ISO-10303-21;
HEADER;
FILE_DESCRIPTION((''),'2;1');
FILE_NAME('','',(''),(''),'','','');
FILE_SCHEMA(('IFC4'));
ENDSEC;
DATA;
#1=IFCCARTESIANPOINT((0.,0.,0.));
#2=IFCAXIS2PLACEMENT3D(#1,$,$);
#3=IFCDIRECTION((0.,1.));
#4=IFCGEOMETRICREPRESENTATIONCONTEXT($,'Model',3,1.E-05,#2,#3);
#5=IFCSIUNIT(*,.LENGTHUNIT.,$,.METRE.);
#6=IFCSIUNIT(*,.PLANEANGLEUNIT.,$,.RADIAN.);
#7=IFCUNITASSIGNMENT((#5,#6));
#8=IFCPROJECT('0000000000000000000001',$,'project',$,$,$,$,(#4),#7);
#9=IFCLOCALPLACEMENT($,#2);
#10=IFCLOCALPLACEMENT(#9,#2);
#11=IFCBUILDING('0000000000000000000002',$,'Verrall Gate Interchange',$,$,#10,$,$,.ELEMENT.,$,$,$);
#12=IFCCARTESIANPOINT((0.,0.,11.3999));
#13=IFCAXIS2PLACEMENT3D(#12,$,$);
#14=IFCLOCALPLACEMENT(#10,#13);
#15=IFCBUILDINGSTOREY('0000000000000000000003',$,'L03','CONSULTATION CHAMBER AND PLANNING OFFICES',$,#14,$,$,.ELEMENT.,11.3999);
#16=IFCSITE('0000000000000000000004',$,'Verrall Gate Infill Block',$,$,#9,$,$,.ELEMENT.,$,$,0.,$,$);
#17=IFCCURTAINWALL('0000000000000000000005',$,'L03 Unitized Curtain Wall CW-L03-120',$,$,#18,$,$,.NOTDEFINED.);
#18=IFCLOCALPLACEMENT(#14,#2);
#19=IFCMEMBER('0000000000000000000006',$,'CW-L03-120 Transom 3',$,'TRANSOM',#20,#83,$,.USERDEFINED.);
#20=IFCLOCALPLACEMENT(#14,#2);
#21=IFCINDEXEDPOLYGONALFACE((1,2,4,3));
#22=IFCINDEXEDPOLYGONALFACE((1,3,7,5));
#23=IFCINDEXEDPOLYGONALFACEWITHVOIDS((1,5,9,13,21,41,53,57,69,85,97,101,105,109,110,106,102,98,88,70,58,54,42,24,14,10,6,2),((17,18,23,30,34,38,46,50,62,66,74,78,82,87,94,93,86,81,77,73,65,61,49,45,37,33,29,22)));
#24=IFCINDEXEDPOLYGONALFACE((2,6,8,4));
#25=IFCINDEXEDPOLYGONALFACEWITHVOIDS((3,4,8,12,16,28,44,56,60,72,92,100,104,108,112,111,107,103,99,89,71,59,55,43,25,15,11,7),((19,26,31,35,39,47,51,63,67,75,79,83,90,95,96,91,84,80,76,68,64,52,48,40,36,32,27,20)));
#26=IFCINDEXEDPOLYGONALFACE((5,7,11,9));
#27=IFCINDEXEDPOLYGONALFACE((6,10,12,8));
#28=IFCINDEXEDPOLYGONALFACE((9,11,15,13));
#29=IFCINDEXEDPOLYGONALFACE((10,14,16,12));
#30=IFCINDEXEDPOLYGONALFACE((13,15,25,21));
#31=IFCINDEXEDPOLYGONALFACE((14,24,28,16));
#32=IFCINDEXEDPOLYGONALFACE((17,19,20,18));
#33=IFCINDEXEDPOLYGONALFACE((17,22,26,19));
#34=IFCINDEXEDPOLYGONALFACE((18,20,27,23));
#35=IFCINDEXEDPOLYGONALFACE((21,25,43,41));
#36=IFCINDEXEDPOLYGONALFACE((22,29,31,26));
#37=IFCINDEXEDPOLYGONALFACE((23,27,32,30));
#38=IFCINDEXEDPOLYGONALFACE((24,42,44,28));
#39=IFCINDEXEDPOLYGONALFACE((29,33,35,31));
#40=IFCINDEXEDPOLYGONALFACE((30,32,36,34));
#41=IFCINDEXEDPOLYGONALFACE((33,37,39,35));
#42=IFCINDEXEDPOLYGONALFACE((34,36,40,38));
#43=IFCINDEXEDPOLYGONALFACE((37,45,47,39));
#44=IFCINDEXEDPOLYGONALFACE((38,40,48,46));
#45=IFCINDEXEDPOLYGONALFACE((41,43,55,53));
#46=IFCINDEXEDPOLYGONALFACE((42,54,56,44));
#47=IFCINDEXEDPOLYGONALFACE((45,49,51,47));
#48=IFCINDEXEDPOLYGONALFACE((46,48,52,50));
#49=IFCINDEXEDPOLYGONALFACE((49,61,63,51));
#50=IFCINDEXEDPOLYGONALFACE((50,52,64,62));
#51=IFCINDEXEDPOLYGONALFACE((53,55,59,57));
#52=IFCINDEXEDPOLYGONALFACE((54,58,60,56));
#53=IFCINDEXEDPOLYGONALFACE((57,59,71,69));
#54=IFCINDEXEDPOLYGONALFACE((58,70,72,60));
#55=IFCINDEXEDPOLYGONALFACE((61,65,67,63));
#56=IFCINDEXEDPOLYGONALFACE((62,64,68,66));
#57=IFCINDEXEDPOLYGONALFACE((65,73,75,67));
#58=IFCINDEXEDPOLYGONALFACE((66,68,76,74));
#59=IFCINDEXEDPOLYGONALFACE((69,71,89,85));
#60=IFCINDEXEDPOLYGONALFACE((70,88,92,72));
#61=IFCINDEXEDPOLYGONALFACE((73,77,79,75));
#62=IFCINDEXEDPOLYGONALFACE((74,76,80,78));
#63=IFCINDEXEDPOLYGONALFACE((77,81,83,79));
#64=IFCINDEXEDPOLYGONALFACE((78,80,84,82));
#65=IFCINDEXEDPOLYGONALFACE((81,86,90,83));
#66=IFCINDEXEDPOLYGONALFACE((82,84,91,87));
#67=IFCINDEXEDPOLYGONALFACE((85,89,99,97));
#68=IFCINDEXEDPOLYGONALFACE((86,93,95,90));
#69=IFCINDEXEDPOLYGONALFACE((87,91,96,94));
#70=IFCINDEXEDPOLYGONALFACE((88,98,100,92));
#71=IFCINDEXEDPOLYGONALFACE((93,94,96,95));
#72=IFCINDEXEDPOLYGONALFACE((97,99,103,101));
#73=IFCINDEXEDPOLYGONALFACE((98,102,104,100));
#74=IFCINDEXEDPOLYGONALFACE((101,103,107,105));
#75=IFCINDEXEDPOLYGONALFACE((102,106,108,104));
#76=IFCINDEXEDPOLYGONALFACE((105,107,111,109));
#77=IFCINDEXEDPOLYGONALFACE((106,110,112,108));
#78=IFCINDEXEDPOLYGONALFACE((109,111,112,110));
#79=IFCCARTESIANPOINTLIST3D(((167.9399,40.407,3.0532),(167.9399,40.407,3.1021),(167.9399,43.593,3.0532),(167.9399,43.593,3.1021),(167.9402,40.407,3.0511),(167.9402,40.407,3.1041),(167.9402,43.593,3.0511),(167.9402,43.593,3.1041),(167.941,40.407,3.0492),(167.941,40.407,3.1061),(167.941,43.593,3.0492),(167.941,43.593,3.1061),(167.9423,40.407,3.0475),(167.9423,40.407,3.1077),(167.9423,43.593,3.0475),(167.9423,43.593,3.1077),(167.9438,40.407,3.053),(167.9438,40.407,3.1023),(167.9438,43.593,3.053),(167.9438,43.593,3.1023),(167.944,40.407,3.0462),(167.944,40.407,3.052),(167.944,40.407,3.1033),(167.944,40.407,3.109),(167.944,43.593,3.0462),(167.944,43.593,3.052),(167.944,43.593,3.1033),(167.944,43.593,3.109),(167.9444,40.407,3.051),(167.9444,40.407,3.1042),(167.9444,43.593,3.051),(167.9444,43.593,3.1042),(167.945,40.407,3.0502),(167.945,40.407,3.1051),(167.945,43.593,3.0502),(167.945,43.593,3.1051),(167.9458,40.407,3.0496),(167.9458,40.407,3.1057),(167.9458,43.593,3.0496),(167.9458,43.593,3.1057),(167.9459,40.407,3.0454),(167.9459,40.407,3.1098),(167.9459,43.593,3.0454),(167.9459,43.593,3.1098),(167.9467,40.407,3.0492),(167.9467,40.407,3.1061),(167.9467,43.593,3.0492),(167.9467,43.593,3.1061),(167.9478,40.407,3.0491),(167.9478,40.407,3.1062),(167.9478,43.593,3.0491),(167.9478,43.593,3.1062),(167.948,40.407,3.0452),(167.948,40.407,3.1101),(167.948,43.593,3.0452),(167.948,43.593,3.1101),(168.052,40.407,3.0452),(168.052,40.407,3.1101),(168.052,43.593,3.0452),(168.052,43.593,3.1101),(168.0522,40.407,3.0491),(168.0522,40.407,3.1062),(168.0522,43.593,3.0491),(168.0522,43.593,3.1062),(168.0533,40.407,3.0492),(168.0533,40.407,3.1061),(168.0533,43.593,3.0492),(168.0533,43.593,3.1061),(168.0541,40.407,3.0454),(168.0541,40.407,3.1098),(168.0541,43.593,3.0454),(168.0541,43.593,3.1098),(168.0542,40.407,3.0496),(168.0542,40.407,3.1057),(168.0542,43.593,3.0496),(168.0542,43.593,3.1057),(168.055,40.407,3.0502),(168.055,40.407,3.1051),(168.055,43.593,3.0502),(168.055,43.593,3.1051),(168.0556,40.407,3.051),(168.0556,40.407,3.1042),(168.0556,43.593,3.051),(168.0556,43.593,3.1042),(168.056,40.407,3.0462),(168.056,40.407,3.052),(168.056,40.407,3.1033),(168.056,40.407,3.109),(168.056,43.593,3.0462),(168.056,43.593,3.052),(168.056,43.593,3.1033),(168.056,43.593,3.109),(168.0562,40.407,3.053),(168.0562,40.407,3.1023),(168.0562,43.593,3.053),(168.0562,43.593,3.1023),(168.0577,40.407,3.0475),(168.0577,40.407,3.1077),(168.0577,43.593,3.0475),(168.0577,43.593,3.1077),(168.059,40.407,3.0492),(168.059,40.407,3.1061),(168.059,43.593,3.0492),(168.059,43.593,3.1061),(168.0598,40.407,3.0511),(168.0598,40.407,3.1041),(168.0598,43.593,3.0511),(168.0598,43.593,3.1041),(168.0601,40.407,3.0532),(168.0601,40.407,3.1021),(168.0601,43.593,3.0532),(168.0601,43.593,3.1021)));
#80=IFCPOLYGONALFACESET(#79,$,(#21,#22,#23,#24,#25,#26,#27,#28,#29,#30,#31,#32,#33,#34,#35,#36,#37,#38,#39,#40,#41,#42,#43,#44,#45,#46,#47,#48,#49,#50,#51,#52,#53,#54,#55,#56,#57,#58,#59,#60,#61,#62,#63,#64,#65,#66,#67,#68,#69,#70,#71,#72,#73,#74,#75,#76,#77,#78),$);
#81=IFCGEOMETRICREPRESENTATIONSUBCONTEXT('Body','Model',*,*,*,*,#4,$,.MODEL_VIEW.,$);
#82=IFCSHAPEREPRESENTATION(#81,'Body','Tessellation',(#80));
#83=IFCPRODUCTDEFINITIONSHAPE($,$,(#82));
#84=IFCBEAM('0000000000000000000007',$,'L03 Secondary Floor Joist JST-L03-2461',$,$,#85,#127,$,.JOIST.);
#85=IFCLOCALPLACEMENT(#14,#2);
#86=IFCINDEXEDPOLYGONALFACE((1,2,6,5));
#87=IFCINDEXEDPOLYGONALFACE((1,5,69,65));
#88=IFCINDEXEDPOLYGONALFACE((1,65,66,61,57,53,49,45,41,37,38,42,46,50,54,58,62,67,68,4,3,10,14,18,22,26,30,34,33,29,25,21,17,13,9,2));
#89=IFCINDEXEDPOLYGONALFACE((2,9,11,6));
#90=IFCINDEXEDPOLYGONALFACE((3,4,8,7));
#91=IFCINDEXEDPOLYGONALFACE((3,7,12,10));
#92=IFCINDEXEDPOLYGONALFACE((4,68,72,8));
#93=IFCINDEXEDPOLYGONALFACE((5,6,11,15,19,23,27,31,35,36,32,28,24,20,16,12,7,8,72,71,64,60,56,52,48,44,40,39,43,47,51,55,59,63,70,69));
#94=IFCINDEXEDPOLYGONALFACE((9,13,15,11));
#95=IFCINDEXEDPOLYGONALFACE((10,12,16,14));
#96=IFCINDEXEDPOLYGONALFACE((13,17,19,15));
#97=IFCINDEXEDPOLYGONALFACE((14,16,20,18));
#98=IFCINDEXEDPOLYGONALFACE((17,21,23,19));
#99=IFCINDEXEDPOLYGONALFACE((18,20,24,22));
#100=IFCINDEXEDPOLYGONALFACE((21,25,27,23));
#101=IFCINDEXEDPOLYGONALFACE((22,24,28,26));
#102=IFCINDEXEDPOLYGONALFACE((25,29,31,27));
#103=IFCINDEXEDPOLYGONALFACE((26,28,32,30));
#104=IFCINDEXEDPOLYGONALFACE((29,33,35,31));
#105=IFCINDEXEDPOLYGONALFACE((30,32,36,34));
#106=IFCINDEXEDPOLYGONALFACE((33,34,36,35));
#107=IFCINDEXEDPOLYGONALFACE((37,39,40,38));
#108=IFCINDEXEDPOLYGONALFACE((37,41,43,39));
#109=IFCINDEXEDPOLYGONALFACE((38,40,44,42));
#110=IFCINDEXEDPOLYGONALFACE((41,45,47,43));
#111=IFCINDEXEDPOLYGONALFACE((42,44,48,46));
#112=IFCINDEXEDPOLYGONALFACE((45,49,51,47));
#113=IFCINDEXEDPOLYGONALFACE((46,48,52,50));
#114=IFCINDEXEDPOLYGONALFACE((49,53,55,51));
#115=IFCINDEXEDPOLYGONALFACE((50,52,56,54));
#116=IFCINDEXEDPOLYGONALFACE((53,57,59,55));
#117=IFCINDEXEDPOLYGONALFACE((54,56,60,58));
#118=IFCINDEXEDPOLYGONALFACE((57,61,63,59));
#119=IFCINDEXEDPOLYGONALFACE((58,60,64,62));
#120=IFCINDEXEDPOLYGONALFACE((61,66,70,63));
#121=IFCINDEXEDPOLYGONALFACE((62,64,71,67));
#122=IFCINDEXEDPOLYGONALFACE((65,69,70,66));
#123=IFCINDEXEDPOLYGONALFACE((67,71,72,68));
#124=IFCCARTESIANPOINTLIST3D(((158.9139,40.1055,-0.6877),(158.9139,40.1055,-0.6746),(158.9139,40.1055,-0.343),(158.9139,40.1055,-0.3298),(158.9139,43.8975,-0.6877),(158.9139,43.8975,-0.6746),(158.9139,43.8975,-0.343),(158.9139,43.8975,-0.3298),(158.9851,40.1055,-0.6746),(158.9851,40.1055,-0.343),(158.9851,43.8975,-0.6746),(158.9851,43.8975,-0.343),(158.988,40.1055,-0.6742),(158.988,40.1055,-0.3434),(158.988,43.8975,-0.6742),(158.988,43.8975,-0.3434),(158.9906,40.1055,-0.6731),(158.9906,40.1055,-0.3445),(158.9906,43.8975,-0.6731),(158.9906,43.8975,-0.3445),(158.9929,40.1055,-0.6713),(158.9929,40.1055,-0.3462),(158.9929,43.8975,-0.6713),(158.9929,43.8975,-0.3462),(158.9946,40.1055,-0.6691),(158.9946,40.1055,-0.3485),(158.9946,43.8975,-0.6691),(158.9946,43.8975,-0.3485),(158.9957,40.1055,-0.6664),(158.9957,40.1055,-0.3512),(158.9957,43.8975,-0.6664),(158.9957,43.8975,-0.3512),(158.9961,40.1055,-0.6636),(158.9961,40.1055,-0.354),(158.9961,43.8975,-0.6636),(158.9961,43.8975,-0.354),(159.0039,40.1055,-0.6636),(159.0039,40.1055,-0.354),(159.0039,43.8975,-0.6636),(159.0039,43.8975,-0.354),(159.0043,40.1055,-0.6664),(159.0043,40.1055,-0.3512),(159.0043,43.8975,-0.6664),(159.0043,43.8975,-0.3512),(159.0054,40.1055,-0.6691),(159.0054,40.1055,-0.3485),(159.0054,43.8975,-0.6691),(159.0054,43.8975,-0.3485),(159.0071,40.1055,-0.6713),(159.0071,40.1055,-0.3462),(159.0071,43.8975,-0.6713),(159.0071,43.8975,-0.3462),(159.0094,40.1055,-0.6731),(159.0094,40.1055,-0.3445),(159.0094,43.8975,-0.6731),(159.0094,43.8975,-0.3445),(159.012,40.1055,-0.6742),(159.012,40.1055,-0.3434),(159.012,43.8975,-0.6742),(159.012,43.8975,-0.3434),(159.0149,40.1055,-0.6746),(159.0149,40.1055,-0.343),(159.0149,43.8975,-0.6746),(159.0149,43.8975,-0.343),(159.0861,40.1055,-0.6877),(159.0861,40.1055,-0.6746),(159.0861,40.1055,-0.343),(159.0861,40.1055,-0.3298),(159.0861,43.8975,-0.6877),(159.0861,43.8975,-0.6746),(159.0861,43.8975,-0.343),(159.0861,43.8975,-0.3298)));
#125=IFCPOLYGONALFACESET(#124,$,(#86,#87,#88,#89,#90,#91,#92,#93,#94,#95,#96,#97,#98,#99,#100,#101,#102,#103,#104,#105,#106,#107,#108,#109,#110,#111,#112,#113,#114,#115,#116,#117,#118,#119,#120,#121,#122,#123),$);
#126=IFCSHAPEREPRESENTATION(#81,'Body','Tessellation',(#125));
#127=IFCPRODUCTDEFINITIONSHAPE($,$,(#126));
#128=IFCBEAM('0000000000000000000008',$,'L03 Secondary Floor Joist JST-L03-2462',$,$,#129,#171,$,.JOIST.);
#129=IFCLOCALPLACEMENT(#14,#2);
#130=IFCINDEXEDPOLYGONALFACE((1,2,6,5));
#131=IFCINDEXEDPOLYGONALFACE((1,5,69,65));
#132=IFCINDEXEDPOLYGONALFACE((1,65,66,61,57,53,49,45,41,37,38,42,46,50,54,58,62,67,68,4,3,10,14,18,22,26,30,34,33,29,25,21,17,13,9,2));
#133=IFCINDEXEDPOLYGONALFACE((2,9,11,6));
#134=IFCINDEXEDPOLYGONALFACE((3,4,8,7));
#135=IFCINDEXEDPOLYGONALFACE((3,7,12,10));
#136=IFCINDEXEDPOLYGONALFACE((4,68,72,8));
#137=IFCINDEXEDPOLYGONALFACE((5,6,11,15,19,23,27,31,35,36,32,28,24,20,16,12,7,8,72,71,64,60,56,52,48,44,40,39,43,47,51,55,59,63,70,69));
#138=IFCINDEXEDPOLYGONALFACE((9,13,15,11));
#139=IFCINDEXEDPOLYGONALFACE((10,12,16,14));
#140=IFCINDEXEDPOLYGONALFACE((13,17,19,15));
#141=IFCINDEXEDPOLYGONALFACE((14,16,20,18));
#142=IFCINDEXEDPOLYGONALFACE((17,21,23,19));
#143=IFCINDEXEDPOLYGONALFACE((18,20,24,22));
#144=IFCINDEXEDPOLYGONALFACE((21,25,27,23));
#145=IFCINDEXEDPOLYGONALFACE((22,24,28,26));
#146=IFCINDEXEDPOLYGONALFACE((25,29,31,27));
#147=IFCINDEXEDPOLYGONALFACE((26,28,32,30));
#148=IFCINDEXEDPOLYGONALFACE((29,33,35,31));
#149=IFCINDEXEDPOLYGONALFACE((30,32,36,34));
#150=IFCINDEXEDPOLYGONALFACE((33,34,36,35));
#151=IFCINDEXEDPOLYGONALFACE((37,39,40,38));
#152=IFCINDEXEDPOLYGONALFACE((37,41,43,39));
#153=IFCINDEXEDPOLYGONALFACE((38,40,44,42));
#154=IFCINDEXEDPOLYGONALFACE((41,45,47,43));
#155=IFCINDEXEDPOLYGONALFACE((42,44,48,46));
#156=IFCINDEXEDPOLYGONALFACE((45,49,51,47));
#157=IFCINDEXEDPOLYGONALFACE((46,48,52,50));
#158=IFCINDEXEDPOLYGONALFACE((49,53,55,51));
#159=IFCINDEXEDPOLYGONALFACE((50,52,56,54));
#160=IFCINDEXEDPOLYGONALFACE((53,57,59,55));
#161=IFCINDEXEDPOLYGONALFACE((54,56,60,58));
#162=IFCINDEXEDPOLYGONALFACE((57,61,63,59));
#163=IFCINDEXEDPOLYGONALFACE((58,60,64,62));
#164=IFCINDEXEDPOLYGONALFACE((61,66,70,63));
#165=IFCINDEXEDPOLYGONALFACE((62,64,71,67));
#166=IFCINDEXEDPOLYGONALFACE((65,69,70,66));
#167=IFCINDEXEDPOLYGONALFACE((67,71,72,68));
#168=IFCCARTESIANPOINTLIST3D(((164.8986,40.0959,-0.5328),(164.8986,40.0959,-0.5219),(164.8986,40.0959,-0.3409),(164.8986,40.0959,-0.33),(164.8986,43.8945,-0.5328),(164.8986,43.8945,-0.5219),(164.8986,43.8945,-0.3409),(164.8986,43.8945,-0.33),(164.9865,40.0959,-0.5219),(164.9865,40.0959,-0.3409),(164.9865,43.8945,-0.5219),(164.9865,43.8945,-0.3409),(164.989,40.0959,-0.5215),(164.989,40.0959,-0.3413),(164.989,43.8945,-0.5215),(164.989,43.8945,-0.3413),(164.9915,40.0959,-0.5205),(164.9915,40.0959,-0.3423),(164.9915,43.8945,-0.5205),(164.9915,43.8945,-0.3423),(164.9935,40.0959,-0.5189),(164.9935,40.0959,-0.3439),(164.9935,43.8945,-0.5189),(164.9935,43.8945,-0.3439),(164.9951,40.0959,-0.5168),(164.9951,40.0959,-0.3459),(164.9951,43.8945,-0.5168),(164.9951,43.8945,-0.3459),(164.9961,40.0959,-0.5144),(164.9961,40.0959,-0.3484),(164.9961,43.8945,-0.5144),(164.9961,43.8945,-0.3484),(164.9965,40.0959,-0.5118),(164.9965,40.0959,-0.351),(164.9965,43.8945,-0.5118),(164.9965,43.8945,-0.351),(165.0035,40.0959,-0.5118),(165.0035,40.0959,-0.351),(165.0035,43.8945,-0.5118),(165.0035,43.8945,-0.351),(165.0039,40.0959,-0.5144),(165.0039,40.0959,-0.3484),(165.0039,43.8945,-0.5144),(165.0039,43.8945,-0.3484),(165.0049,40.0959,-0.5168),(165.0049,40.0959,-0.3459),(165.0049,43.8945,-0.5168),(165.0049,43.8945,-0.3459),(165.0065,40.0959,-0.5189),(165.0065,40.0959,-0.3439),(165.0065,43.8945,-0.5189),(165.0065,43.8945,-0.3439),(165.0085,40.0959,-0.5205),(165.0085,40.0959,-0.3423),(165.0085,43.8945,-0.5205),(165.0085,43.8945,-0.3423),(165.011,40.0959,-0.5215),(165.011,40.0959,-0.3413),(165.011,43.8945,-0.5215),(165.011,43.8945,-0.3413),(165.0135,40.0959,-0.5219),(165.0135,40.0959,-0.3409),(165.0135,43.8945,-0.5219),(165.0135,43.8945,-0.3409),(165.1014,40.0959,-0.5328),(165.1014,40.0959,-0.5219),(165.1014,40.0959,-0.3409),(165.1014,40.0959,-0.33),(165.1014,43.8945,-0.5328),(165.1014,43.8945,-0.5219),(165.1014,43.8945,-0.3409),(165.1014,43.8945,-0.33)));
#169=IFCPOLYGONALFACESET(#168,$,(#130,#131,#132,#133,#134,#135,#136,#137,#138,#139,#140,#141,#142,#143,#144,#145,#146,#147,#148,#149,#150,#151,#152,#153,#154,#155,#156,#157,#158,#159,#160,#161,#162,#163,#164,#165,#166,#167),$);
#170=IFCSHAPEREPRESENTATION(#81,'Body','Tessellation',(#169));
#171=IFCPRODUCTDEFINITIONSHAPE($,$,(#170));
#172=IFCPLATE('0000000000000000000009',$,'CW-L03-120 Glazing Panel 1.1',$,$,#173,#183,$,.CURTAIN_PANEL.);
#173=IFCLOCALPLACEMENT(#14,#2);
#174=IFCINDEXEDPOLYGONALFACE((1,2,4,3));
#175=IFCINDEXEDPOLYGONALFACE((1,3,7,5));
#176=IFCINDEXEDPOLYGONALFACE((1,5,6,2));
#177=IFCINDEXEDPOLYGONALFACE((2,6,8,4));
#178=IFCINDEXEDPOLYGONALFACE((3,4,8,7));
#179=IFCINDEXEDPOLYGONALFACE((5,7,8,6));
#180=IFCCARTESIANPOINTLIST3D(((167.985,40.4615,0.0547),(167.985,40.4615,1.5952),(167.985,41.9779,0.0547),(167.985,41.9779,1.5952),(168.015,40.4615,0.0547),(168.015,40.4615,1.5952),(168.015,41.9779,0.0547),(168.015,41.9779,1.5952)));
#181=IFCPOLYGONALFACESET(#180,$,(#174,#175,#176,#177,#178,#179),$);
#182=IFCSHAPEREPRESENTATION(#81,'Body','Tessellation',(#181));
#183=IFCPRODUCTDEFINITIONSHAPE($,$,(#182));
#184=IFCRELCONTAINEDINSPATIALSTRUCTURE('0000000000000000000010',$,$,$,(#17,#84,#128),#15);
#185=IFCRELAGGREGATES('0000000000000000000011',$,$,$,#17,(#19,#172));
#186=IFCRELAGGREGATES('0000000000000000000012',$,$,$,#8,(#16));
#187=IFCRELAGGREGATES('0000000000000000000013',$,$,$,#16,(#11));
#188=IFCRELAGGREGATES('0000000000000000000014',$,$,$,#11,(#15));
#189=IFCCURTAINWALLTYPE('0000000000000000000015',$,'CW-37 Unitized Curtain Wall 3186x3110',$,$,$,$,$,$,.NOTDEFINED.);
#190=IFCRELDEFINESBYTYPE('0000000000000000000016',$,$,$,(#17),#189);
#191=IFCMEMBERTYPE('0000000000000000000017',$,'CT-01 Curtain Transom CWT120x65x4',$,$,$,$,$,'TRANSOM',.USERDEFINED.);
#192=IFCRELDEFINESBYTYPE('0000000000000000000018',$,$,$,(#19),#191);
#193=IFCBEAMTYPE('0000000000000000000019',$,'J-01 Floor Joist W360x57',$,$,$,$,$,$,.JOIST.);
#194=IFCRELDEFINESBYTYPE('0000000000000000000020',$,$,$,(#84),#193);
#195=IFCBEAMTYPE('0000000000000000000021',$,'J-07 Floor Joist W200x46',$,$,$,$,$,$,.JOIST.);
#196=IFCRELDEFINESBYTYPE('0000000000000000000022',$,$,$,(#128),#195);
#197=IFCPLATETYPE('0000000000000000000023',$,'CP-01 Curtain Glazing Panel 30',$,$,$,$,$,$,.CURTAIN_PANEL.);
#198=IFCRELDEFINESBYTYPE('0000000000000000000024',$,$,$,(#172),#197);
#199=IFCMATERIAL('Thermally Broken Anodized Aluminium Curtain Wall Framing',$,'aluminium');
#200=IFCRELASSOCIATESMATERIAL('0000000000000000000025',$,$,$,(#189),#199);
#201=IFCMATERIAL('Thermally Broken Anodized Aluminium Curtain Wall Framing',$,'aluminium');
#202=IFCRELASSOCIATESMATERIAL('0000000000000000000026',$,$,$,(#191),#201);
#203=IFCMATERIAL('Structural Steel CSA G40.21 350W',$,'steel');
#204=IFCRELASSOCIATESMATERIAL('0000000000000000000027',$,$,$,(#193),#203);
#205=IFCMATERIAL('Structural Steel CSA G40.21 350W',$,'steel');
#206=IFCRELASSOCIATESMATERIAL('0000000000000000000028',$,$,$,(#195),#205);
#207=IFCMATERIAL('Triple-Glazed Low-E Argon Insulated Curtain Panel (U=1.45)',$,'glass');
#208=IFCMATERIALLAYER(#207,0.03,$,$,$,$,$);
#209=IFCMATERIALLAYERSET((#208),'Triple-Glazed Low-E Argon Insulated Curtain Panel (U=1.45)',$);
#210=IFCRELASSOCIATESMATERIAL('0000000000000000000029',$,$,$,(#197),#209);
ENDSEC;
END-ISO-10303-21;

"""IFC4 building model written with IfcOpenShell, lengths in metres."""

from ifc_helpers import new_model, si_unit, direction, frame, origin, origin_2d, place, context, subcontext, project, spatial, rectangle, hollow_rectangle, i_section, extrude, material, layer, layer_set, material_profile, profile_set, type_object, element, aggregate, save


model = new_model("IFC4")

# Units and contexts
model_context = context("Model", 3, precision=1e-05, world=origin(), true_north=direction((0.0, 1.0)))
body_context = subcontext(model_context, "Body", "Model", "MODEL_VIEW")
ifc_project = project(units=[si_unit("LENGTHUNIT", "METRE"), si_unit("PLANEANGLEUNIT", "RADIAN")], contexts=[model_context])

# Site, building, storey
site_placement = place(None, origin())
site = spatial("IfcSite", under=ifc_project, at=site_placement, Name="Verrall Gate Infill Block", CompositionType="ELEMENT", RefElevation=0.0)
building_placement = place(site_placement, origin())
building = spatial("IfcBuilding", under=site, at=building_placement, Name="Verrall Gate Interchange", CompositionType="ELEMENT")
storey_placement = place(building_placement, frame((0.0, 0.0, 11.3999)))
storey = spatial("IfcBuildingStorey", under=building, at=storey_placement, Name="L03", Description="CONSULTATION CHAMBER AND PLANNING OFFICES", CompositionType="ELEMENT", Elevation=11.3999)

# Curtain wall
ifc_material_1 = material(Name="Thermally Broken Anodized Aluminium Curtain Wall Framing", Category="aluminium")
curtain_wall_type_1 = type_object("IfcCurtainWallType", Name="CW-37 Unitized Curtain Wall 3186x3110", PredefinedType="NOTDEFINED", material=ifc_material_1)
curtain_wall_1_placement = place(storey_placement, origin())
curtain_wall_1 = element("IfcCurtainWall", 1, at=curtain_wall_1_placement, inside=storey, type_object=curtain_wall_type_1, Name="L03 Unitized Curtain Wall CW-L03-120", PredefinedType="NOTDEFINED")

# Member
ifc_material_2 = material(Name="Thermally Broken Anodized Aluminium Curtain Wall Framing", Category="aluminium")
ifc_material_profile_1 = material_profile(ifc_material_2, hollow_rectangle(XDim=0.1201, YDim=0.0649, WallThickness=0.0039, InnerFilletRadius=0.0039, OuterFilletRadius=0.0081, at=origin_2d()), Name="CWT120x65x4")
ifc_profile_set_1 = profile_set([ifc_material_profile_1], Name="Thermally Broken Anodized Aluminium Curtain Wall Framing")
member_type_1 = type_object("IfcMemberType", Name="CT-01 Curtain Transom CWT120x65x4", ElementType="TRANSOM", PredefinedType="USERDEFINED", material=ifc_profile_set_1)
member_1_placement = place(storey_placement, frame((168.0, 40.407, 3.0776), z_axis=(0.0, 1.0, 0.0), x_axis=(-1.0, 0.0, 0.0)))
member_1 = element("IfcMember", 2, at=member_1_placement, type_object=member_type_1, Name="CW-L03-120 Transom 3", ObjectType="TRANSOM", PredefinedType="USERDEFINED", context=body_context, shape_type="SweptSolid", body=[
    extrude(hollow_rectangle(XDim=0.1201, YDim=0.0649, WallThickness=0.0039, InnerFilletRadius=0.0039, OuterFilletRadius=0.0081, at=origin_2d()), origin(), (0.0, 0.0, 1.0), 3.186),
])

# Beams
ifc_material_3 = material(Name="Structural Steel CSA G40.21 350W", Category="steel")
ifc_material_profile_2 = material_profile(ifc_material_3, i_section(OverallWidth=0.1721, OverallDepth=0.3579, WebThickness=0.0078, FlangeThickness=0.0132, FilletRadius=0.011, at=origin_2d()), Name="W360x57")
ifc_profile_set_2 = profile_set([ifc_material_profile_2], Name="Structural Steel CSA G40.21 350W")
beam_type_1 = type_object("IfcBeamType", Name="J-01 Floor Joist W360x57", PredefinedType="JOIST", material=ifc_profile_set_2)
beam_1_placement = place(storey_placement, frame((159.0, 40.1055, -0.5088), z_axis=(0.0, 1.0, 0.0), x_axis=(-1.0, 0.0, 0.0)))
element("IfcBeam", 3, at=beam_1_placement, inside=storey, type_object=beam_type_1, Name="L03 Secondary Floor Joist JST-L03-2461", PredefinedType="JOIST", context=body_context, shape_type="SweptSolid", body=[
    extrude(i_section(OverallWidth=0.1721, OverallDepth=0.3579, WebThickness=0.0078, FlangeThickness=0.0132, FilletRadius=0.011, at=origin_2d()), origin(), (0.0, 0.0, 1.0), 3.792),
])
ifc_material_4 = material(Name="Structural Steel CSA G40.21 350W", Category="steel")
ifc_material_profile_3 = material_profile(ifc_material_4, i_section(OverallWidth=0.2029, OverallDepth=0.2029, WebThickness=0.0071, FlangeThickness=0.011, FilletRadius=0.01, at=origin_2d()), Name="W200x46")
ifc_profile_set_3 = profile_set([ifc_material_profile_3], Name="Structural Steel CSA G40.21 350W")
beam_type_2 = type_object("IfcBeamType", Name="J-07 Floor Joist W200x46", PredefinedType="JOIST", material=ifc_profile_set_3)
beam_2_placement = place(storey_placement, frame((165.0, 40.0959, -0.4314), z_axis=(0.0, 1.0, 0.0), x_axis=(-1.0, 0.0, 0.0)))
element("IfcBeam", 4, at=beam_2_placement, inside=storey, type_object=beam_type_2, Name="L03 Secondary Floor Joist JST-L03-2462", PredefinedType="JOIST", context=body_context, shape_type="SweptSolid", body=[
    extrude(i_section(OverallWidth=0.2029, OverallDepth=0.2029, WebThickness=0.0071, FlangeThickness=0.011, FilletRadius=0.01, at=origin_2d()), origin(), (0.0, 0.0, 1.0), 3.7986),
])

# Plate
ifc_material_5 = material(Name="Triple-Glazed Low-E Argon Insulated Curtain Panel (U=1.45)", Category="glass")
ifc_layer_1 = layer(ifc_material_5, 0.03)
ifc_layer_set_1 = layer_set([ifc_layer_1], Name="Triple-Glazed Low-E Argon Insulated Curtain Panel (U=1.45)")
plate_type_1 = type_object("IfcPlateType", Name="CP-01 Curtain Glazing Panel 30", PredefinedType="CURTAIN_PANEL", material=ifc_layer_set_1)
plate_1_placement = place(storey_placement, frame((168.0, 41.2197, 0.0547), z_axis=(0.0, 0.0, 1.0), x_axis=(0.0, 1.0, 0.0)))
plate_1 = element("IfcPlate", 5, at=plate_1_placement, type_object=plate_type_1, Name="CW-L03-120 Glazing Panel 1.1", PredefinedType="CURTAIN_PANEL", context=body_context, shape_type="SweptSolid", body=[
    extrude(rectangle(XDim=1.5164, YDim=0.03, at=origin_2d()), origin(), (0.0, 0.0, 1.0), 1.5405),
])
aggregate(curtain_wall_1, [member_1, plate_1])

save(model, "model.ifc")
